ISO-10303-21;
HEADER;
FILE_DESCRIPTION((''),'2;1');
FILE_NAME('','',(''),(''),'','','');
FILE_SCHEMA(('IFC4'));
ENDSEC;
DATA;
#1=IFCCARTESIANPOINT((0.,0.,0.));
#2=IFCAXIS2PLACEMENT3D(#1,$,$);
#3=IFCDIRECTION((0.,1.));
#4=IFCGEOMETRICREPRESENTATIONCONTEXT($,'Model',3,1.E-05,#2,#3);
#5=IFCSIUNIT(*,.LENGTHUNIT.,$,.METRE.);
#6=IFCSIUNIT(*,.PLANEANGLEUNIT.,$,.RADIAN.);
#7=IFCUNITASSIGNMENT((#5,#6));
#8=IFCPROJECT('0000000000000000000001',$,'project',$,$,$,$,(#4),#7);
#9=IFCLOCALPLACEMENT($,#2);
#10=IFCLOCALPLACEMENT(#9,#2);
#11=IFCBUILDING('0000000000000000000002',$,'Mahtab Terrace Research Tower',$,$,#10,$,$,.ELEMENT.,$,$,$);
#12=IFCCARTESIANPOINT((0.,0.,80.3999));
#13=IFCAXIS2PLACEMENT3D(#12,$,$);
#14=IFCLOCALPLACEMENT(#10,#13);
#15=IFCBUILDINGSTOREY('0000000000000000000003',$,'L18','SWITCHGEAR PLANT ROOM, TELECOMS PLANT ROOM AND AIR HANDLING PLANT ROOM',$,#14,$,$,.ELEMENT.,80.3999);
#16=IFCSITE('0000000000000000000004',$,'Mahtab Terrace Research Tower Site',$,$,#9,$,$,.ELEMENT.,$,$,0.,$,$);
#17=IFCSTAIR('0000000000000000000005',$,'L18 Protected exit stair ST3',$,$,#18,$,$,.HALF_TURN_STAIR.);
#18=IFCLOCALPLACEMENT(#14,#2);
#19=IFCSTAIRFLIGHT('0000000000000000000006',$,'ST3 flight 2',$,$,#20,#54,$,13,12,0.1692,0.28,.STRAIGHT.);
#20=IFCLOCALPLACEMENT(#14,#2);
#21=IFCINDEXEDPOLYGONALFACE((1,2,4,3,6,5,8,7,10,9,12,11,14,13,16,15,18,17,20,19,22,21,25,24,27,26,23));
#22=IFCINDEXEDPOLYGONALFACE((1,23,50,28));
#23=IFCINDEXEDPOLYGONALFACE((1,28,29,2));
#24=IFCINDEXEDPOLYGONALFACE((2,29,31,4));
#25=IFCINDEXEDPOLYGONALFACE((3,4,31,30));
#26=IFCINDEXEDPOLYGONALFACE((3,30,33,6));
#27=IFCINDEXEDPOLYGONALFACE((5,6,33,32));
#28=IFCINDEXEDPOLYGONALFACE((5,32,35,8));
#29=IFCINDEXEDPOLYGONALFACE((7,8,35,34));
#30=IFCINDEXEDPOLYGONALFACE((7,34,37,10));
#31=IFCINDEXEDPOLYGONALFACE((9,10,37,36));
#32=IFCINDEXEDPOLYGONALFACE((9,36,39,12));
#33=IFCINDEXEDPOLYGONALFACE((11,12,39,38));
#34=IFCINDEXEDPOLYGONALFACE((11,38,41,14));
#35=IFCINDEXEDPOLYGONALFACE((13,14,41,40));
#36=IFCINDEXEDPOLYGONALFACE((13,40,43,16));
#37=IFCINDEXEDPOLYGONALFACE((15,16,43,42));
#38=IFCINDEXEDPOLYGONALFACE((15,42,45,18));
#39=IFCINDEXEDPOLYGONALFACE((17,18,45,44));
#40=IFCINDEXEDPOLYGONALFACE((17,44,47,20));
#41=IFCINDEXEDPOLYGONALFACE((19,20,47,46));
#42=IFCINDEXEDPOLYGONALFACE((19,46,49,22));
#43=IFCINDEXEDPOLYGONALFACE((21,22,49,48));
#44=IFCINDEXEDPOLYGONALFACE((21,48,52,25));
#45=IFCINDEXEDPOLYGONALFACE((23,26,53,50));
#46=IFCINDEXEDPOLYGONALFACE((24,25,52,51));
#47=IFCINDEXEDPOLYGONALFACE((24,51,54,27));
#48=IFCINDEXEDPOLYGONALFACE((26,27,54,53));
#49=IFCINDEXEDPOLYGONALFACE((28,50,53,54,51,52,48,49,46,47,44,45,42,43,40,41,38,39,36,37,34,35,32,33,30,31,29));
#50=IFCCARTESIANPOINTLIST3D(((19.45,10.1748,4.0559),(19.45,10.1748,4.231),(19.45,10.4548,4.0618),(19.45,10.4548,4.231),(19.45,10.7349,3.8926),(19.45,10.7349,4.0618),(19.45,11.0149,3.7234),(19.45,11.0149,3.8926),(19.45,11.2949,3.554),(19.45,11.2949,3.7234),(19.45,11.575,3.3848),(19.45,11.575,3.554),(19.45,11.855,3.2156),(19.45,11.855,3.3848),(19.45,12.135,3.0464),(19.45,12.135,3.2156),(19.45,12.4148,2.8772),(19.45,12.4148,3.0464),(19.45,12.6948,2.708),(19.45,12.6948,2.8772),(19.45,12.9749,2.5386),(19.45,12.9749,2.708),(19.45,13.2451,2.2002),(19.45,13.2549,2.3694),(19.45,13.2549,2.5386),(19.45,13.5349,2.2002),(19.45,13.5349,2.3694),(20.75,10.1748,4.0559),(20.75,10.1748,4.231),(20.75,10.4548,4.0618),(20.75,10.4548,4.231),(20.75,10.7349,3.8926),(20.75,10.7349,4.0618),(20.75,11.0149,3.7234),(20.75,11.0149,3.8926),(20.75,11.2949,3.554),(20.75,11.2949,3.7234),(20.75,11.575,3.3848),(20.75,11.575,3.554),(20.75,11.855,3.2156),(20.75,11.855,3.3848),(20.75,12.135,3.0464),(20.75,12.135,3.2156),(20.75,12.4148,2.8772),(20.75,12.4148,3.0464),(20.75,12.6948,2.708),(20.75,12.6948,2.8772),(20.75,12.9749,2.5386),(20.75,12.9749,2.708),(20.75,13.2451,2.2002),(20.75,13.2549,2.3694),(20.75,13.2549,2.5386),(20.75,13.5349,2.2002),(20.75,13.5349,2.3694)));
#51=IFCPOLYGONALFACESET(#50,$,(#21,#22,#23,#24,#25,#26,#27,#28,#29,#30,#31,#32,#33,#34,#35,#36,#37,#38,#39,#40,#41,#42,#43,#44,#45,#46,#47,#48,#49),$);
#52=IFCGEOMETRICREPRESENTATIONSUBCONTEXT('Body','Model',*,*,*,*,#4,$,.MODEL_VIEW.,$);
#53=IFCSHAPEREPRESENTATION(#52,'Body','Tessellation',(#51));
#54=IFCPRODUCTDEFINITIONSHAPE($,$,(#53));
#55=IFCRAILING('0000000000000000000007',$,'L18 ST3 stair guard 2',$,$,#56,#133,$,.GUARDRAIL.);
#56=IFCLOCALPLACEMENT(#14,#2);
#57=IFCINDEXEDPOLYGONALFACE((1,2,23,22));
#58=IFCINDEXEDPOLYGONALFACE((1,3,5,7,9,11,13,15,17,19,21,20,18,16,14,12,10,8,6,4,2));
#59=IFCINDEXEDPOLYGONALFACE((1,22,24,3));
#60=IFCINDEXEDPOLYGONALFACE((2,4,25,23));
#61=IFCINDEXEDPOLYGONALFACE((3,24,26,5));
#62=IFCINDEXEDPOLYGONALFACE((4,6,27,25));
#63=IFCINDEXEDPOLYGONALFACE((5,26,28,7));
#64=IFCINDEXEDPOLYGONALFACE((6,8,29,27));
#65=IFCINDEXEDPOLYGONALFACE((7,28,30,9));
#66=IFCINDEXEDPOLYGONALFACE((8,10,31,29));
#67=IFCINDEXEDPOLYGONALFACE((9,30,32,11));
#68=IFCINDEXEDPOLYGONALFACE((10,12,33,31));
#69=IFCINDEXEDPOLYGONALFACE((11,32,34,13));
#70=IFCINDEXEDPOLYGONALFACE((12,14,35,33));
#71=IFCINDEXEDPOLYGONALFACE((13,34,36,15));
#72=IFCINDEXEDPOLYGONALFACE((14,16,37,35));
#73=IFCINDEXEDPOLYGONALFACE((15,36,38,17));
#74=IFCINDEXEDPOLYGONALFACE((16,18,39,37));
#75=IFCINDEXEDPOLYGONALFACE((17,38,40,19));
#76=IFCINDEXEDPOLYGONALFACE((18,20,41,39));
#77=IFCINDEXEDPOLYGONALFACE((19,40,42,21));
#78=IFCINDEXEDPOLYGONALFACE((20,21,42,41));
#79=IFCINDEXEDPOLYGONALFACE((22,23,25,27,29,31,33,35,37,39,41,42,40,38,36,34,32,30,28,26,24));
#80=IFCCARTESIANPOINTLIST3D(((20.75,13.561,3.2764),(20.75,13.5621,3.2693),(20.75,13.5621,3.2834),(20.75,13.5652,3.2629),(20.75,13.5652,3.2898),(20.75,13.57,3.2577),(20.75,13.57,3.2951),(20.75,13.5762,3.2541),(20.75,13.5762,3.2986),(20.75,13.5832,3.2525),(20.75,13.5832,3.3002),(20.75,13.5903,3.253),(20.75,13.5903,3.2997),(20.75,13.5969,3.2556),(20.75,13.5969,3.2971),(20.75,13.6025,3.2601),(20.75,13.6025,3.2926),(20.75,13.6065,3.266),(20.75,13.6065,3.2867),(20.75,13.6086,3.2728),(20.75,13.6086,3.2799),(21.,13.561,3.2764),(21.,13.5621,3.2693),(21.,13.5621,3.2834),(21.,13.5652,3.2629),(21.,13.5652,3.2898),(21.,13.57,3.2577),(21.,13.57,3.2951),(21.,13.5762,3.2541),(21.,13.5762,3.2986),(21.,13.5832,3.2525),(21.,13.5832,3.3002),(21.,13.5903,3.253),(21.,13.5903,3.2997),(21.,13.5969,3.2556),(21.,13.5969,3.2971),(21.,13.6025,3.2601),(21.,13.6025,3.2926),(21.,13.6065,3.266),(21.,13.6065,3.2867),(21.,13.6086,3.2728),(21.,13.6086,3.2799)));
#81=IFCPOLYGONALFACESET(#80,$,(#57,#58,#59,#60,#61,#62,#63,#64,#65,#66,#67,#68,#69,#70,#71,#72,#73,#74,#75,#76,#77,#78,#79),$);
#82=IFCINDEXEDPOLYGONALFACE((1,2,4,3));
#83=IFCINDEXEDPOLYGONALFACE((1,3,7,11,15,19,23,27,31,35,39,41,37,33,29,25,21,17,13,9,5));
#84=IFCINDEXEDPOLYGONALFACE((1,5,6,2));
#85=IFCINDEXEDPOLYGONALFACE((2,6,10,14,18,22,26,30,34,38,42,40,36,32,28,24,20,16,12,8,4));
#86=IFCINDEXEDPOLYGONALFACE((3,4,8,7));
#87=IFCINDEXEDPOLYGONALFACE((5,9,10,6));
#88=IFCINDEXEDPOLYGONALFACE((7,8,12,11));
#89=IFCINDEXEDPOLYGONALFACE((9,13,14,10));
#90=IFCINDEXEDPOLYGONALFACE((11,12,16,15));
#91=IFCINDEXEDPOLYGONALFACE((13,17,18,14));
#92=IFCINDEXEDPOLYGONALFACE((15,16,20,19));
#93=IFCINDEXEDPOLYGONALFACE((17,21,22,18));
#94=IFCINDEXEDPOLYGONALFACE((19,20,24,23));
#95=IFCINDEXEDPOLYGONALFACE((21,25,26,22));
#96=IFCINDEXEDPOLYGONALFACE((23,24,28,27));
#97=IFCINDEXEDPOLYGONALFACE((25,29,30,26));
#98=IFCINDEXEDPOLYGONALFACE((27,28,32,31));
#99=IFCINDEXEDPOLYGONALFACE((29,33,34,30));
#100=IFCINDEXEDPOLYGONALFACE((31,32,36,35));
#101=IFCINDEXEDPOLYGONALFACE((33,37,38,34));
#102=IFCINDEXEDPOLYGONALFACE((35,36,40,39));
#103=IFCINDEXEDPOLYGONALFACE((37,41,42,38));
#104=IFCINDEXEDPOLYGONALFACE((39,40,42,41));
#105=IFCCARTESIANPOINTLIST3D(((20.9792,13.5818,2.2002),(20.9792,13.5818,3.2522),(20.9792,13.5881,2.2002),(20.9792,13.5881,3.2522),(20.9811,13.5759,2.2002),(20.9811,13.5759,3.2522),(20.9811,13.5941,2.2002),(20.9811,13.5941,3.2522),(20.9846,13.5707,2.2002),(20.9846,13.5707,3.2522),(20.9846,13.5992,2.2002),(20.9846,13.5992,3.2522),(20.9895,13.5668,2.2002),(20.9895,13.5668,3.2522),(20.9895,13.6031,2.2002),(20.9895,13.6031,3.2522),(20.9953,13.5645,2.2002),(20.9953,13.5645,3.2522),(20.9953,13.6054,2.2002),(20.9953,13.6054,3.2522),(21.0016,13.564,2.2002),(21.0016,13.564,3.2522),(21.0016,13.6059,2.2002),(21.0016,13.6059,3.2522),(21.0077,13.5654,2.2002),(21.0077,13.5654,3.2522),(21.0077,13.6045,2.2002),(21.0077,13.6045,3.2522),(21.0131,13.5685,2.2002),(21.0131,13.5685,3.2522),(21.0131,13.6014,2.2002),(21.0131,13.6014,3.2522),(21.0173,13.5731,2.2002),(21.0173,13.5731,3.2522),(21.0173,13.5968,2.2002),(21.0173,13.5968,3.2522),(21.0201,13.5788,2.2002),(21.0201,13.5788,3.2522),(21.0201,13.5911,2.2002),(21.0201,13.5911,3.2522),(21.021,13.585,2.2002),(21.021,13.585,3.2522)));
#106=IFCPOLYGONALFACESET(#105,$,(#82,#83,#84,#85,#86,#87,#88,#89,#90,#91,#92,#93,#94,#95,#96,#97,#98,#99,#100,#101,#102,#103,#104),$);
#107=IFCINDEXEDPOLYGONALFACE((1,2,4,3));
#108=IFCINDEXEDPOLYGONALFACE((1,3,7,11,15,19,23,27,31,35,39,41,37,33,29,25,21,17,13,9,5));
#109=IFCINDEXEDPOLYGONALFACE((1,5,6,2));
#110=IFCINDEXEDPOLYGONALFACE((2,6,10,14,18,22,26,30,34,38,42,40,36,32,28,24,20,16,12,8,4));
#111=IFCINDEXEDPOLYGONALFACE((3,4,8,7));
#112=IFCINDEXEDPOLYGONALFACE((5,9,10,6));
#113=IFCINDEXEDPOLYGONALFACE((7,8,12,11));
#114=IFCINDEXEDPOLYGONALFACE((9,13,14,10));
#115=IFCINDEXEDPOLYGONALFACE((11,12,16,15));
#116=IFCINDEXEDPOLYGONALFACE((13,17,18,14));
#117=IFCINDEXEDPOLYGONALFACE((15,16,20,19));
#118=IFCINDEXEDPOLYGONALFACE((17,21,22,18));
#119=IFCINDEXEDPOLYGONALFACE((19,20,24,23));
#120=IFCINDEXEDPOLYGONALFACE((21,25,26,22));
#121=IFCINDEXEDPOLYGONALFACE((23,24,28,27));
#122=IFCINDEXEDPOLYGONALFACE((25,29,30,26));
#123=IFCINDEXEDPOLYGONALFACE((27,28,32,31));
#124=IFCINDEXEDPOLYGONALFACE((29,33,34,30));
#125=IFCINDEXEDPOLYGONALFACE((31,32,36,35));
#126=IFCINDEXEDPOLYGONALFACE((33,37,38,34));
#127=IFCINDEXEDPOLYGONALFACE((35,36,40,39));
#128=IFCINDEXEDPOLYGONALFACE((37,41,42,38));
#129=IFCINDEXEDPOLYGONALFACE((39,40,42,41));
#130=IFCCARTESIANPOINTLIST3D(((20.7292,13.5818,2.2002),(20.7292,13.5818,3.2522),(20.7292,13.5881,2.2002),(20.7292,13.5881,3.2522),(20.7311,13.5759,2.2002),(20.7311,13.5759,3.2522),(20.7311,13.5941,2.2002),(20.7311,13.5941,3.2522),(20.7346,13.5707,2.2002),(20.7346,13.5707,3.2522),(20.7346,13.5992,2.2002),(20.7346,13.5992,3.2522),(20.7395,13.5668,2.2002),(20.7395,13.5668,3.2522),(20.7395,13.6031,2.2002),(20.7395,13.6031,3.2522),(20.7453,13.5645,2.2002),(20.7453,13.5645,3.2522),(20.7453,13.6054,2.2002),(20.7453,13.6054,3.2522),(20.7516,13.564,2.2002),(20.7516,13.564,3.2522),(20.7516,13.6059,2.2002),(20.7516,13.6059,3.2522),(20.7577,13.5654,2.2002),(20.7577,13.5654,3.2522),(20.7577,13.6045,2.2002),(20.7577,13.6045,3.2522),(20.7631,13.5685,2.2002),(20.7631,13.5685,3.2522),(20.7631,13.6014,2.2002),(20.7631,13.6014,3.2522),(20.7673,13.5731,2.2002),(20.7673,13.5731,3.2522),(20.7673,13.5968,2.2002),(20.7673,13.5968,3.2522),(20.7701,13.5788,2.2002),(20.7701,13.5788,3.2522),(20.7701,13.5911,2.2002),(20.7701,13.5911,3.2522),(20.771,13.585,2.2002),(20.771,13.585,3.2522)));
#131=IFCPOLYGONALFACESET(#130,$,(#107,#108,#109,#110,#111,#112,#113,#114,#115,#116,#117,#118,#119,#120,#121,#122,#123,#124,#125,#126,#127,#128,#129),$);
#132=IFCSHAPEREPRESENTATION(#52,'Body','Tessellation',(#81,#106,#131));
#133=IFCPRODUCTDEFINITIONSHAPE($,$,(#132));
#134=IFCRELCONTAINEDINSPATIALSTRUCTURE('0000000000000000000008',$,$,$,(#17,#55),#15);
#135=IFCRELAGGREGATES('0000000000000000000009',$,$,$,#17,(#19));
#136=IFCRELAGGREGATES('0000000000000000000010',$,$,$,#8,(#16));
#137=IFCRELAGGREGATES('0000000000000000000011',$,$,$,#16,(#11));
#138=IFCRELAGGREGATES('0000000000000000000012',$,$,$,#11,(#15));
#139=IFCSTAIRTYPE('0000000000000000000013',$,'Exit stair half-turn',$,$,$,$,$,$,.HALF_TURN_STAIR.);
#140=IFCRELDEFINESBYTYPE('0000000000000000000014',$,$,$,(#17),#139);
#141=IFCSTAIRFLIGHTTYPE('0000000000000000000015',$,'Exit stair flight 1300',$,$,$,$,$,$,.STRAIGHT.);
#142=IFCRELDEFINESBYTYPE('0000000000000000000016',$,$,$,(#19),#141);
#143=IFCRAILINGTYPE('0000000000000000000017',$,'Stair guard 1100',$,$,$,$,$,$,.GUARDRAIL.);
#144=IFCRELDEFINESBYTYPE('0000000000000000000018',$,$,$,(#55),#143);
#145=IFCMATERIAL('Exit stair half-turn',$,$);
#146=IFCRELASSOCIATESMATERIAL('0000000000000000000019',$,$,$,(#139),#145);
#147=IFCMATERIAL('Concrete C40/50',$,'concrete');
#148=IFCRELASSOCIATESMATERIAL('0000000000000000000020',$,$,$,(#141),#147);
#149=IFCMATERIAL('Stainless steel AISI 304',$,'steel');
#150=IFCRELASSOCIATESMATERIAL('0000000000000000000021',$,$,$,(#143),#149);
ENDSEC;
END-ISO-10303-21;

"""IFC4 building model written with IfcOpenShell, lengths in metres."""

from ifc_helpers import new_model, si_unit, direction, frame, origin, origin_2d, place, context, subcontext, project, spatial, polyline, circle, outline, extrude, material, type_object, element, aggregate, save


model = new_model("IFC4")

# Units and contexts
model_context = context("Model", 3, precision=1e-05, world=origin(), true_north=direction((0.0, 1.0)))
body_context = subcontext(model_context, "Body", "Model", "MODEL_VIEW")
ifc_project = project(units=[si_unit("LENGTHUNIT", "METRE"), si_unit("PLANEANGLEUNIT", "RADIAN")], contexts=[model_context])

# Site, building, storey
site_placement = place(None, origin())
site = spatial("IfcSite", under=ifc_project, at=site_placement, Name="Mahtab Terrace Research Tower Site", CompositionType="ELEMENT", RefElevation=0.0)
building_placement = place(site_placement, origin())
building = spatial("IfcBuilding", under=site, at=building_placement, Name="Mahtab Terrace Research Tower", CompositionType="ELEMENT")
storey_placement = place(building_placement, frame((0.0, 0.0, 80.3999)))
storey = spatial("IfcBuildingStorey", under=building, at=storey_placement, Name="L18", Description="SWITCHGEAR PLANT ROOM, TELECOMS PLANT ROOM AND AIR HANDLING PLANT ROOM", CompositionType="ELEMENT", Elevation=80.3999)

# Stair, stair flight
ifc_material_1 = material(Name="Exit stair half-turn")
stair_type = type_object("IfcStairType", Name="Exit stair half-turn", PredefinedType="HALF_TURN_STAIR", material=ifc_material_1)
stair_placement = place(storey_placement, origin())
stair = element("IfcStair", 1, at=stair_placement, inside=storey, type_object=stair_type, Name="L18 Protected exit stair ST3", PredefinedType="HALF_TURN_STAIR")
ifc_material_2 = material(Name="Concrete C40/50", Category="concrete")
stair_flight_type = type_object("IfcStairFlightType", Name="Exit stair flight 1300", PredefinedType="STRAIGHT", material=ifc_material_2)
stair_flight_placement = place(storey_placement, frame((20.1001, 13.5349, 2.2002), z_axis=(0.0, 0.0, 1.0), x_axis=(0.0, -1.0, 0.0)))
stair_flight = element("IfcStairFlight", 2, at=stair_flight_placement, type_object=stair_flight_type, Name="ST3 flight 2", NumberOfRisers=13, NumberOfTreads=12, PredefinedType="STRAIGHT", RiserHeight=0.1692, TreadLength=0.28, context=body_context, shape_type="SweptSolid", body=[
    extrude(outline(polyline([(0.0, 0.0), (0.0, 0.1692), (0.28, 0.1692), (0.28, 0.3384), (0.5601, 0.3384), (0.5601, 0.5078), (0.8401, 0.5078), (0.8401, 0.677), (1.1201, 0.677), (1.1201, 0.8462), (1.3999, 0.8462), (1.3999, 1.0154), (1.6799, 1.0154), (1.6799, 1.1846), (1.96, 1.1846), (1.96, 1.3538), (2.24, 1.3538), (2.24, 1.5232), (2.52, 1.5232), (2.52, 1.6924), (2.8, 1.6924), (2.8, 1.8616), (3.0801, 1.8616), (3.0801, 2.0308), (3.3601, 2.0308), (3.3601, 2.2), (3.3601, 1.8557), (0.2898, 0.0), (0.0, 0.0)])), frame((0.0, 0.6499, 0.0), z_axis=(0.0, -1.0, 0.0), x_axis=(1.0, 0.0, 0.0)), (0.0, 0.0, 1.0), 1.3),
])
aggregate(stair, [stair_flight])

# Railing
ifc_material_3 = material(Name="Stainless steel AISI 304", Category="steel")
railing_type_1 = type_object("IfcRailingType", Name="Stair guard 1100", PredefinedType="GUARDRAIL", material=ifc_material_3)
railing_1_placement = place(storey_placement, frame((21.0, 13.585, 2.2002)))
element("IfcRailing", 3, at=railing_1_placement, inside=storey, type_object=railing_type_1, Name="L18 ST3 stair guard 2", PredefinedType="GUARDRAIL", context=body_context, shape_type="SweptSolid", body=[
    extrude(circle(Radius=0.0239, at=origin_2d()), frame((0.0, 0.0, 1.0762), z_axis=(-1.0, 0.0, 0.0), x_axis=(0.0, -1.0, 0.0)), (0.0, 0.0, 1.0), 0.25),
    extrude(circle(Radius=0.021, at=origin_2d()), origin(), (0.0, 0.0, 1.0), 1.052),
    extrude(circle(Radius=0.021, at=origin_2d()), frame((-0.25, 0.0, 0.0)), (0.0, 0.0, 1.0), 1.052),
])

save(model, "model.ifc")
